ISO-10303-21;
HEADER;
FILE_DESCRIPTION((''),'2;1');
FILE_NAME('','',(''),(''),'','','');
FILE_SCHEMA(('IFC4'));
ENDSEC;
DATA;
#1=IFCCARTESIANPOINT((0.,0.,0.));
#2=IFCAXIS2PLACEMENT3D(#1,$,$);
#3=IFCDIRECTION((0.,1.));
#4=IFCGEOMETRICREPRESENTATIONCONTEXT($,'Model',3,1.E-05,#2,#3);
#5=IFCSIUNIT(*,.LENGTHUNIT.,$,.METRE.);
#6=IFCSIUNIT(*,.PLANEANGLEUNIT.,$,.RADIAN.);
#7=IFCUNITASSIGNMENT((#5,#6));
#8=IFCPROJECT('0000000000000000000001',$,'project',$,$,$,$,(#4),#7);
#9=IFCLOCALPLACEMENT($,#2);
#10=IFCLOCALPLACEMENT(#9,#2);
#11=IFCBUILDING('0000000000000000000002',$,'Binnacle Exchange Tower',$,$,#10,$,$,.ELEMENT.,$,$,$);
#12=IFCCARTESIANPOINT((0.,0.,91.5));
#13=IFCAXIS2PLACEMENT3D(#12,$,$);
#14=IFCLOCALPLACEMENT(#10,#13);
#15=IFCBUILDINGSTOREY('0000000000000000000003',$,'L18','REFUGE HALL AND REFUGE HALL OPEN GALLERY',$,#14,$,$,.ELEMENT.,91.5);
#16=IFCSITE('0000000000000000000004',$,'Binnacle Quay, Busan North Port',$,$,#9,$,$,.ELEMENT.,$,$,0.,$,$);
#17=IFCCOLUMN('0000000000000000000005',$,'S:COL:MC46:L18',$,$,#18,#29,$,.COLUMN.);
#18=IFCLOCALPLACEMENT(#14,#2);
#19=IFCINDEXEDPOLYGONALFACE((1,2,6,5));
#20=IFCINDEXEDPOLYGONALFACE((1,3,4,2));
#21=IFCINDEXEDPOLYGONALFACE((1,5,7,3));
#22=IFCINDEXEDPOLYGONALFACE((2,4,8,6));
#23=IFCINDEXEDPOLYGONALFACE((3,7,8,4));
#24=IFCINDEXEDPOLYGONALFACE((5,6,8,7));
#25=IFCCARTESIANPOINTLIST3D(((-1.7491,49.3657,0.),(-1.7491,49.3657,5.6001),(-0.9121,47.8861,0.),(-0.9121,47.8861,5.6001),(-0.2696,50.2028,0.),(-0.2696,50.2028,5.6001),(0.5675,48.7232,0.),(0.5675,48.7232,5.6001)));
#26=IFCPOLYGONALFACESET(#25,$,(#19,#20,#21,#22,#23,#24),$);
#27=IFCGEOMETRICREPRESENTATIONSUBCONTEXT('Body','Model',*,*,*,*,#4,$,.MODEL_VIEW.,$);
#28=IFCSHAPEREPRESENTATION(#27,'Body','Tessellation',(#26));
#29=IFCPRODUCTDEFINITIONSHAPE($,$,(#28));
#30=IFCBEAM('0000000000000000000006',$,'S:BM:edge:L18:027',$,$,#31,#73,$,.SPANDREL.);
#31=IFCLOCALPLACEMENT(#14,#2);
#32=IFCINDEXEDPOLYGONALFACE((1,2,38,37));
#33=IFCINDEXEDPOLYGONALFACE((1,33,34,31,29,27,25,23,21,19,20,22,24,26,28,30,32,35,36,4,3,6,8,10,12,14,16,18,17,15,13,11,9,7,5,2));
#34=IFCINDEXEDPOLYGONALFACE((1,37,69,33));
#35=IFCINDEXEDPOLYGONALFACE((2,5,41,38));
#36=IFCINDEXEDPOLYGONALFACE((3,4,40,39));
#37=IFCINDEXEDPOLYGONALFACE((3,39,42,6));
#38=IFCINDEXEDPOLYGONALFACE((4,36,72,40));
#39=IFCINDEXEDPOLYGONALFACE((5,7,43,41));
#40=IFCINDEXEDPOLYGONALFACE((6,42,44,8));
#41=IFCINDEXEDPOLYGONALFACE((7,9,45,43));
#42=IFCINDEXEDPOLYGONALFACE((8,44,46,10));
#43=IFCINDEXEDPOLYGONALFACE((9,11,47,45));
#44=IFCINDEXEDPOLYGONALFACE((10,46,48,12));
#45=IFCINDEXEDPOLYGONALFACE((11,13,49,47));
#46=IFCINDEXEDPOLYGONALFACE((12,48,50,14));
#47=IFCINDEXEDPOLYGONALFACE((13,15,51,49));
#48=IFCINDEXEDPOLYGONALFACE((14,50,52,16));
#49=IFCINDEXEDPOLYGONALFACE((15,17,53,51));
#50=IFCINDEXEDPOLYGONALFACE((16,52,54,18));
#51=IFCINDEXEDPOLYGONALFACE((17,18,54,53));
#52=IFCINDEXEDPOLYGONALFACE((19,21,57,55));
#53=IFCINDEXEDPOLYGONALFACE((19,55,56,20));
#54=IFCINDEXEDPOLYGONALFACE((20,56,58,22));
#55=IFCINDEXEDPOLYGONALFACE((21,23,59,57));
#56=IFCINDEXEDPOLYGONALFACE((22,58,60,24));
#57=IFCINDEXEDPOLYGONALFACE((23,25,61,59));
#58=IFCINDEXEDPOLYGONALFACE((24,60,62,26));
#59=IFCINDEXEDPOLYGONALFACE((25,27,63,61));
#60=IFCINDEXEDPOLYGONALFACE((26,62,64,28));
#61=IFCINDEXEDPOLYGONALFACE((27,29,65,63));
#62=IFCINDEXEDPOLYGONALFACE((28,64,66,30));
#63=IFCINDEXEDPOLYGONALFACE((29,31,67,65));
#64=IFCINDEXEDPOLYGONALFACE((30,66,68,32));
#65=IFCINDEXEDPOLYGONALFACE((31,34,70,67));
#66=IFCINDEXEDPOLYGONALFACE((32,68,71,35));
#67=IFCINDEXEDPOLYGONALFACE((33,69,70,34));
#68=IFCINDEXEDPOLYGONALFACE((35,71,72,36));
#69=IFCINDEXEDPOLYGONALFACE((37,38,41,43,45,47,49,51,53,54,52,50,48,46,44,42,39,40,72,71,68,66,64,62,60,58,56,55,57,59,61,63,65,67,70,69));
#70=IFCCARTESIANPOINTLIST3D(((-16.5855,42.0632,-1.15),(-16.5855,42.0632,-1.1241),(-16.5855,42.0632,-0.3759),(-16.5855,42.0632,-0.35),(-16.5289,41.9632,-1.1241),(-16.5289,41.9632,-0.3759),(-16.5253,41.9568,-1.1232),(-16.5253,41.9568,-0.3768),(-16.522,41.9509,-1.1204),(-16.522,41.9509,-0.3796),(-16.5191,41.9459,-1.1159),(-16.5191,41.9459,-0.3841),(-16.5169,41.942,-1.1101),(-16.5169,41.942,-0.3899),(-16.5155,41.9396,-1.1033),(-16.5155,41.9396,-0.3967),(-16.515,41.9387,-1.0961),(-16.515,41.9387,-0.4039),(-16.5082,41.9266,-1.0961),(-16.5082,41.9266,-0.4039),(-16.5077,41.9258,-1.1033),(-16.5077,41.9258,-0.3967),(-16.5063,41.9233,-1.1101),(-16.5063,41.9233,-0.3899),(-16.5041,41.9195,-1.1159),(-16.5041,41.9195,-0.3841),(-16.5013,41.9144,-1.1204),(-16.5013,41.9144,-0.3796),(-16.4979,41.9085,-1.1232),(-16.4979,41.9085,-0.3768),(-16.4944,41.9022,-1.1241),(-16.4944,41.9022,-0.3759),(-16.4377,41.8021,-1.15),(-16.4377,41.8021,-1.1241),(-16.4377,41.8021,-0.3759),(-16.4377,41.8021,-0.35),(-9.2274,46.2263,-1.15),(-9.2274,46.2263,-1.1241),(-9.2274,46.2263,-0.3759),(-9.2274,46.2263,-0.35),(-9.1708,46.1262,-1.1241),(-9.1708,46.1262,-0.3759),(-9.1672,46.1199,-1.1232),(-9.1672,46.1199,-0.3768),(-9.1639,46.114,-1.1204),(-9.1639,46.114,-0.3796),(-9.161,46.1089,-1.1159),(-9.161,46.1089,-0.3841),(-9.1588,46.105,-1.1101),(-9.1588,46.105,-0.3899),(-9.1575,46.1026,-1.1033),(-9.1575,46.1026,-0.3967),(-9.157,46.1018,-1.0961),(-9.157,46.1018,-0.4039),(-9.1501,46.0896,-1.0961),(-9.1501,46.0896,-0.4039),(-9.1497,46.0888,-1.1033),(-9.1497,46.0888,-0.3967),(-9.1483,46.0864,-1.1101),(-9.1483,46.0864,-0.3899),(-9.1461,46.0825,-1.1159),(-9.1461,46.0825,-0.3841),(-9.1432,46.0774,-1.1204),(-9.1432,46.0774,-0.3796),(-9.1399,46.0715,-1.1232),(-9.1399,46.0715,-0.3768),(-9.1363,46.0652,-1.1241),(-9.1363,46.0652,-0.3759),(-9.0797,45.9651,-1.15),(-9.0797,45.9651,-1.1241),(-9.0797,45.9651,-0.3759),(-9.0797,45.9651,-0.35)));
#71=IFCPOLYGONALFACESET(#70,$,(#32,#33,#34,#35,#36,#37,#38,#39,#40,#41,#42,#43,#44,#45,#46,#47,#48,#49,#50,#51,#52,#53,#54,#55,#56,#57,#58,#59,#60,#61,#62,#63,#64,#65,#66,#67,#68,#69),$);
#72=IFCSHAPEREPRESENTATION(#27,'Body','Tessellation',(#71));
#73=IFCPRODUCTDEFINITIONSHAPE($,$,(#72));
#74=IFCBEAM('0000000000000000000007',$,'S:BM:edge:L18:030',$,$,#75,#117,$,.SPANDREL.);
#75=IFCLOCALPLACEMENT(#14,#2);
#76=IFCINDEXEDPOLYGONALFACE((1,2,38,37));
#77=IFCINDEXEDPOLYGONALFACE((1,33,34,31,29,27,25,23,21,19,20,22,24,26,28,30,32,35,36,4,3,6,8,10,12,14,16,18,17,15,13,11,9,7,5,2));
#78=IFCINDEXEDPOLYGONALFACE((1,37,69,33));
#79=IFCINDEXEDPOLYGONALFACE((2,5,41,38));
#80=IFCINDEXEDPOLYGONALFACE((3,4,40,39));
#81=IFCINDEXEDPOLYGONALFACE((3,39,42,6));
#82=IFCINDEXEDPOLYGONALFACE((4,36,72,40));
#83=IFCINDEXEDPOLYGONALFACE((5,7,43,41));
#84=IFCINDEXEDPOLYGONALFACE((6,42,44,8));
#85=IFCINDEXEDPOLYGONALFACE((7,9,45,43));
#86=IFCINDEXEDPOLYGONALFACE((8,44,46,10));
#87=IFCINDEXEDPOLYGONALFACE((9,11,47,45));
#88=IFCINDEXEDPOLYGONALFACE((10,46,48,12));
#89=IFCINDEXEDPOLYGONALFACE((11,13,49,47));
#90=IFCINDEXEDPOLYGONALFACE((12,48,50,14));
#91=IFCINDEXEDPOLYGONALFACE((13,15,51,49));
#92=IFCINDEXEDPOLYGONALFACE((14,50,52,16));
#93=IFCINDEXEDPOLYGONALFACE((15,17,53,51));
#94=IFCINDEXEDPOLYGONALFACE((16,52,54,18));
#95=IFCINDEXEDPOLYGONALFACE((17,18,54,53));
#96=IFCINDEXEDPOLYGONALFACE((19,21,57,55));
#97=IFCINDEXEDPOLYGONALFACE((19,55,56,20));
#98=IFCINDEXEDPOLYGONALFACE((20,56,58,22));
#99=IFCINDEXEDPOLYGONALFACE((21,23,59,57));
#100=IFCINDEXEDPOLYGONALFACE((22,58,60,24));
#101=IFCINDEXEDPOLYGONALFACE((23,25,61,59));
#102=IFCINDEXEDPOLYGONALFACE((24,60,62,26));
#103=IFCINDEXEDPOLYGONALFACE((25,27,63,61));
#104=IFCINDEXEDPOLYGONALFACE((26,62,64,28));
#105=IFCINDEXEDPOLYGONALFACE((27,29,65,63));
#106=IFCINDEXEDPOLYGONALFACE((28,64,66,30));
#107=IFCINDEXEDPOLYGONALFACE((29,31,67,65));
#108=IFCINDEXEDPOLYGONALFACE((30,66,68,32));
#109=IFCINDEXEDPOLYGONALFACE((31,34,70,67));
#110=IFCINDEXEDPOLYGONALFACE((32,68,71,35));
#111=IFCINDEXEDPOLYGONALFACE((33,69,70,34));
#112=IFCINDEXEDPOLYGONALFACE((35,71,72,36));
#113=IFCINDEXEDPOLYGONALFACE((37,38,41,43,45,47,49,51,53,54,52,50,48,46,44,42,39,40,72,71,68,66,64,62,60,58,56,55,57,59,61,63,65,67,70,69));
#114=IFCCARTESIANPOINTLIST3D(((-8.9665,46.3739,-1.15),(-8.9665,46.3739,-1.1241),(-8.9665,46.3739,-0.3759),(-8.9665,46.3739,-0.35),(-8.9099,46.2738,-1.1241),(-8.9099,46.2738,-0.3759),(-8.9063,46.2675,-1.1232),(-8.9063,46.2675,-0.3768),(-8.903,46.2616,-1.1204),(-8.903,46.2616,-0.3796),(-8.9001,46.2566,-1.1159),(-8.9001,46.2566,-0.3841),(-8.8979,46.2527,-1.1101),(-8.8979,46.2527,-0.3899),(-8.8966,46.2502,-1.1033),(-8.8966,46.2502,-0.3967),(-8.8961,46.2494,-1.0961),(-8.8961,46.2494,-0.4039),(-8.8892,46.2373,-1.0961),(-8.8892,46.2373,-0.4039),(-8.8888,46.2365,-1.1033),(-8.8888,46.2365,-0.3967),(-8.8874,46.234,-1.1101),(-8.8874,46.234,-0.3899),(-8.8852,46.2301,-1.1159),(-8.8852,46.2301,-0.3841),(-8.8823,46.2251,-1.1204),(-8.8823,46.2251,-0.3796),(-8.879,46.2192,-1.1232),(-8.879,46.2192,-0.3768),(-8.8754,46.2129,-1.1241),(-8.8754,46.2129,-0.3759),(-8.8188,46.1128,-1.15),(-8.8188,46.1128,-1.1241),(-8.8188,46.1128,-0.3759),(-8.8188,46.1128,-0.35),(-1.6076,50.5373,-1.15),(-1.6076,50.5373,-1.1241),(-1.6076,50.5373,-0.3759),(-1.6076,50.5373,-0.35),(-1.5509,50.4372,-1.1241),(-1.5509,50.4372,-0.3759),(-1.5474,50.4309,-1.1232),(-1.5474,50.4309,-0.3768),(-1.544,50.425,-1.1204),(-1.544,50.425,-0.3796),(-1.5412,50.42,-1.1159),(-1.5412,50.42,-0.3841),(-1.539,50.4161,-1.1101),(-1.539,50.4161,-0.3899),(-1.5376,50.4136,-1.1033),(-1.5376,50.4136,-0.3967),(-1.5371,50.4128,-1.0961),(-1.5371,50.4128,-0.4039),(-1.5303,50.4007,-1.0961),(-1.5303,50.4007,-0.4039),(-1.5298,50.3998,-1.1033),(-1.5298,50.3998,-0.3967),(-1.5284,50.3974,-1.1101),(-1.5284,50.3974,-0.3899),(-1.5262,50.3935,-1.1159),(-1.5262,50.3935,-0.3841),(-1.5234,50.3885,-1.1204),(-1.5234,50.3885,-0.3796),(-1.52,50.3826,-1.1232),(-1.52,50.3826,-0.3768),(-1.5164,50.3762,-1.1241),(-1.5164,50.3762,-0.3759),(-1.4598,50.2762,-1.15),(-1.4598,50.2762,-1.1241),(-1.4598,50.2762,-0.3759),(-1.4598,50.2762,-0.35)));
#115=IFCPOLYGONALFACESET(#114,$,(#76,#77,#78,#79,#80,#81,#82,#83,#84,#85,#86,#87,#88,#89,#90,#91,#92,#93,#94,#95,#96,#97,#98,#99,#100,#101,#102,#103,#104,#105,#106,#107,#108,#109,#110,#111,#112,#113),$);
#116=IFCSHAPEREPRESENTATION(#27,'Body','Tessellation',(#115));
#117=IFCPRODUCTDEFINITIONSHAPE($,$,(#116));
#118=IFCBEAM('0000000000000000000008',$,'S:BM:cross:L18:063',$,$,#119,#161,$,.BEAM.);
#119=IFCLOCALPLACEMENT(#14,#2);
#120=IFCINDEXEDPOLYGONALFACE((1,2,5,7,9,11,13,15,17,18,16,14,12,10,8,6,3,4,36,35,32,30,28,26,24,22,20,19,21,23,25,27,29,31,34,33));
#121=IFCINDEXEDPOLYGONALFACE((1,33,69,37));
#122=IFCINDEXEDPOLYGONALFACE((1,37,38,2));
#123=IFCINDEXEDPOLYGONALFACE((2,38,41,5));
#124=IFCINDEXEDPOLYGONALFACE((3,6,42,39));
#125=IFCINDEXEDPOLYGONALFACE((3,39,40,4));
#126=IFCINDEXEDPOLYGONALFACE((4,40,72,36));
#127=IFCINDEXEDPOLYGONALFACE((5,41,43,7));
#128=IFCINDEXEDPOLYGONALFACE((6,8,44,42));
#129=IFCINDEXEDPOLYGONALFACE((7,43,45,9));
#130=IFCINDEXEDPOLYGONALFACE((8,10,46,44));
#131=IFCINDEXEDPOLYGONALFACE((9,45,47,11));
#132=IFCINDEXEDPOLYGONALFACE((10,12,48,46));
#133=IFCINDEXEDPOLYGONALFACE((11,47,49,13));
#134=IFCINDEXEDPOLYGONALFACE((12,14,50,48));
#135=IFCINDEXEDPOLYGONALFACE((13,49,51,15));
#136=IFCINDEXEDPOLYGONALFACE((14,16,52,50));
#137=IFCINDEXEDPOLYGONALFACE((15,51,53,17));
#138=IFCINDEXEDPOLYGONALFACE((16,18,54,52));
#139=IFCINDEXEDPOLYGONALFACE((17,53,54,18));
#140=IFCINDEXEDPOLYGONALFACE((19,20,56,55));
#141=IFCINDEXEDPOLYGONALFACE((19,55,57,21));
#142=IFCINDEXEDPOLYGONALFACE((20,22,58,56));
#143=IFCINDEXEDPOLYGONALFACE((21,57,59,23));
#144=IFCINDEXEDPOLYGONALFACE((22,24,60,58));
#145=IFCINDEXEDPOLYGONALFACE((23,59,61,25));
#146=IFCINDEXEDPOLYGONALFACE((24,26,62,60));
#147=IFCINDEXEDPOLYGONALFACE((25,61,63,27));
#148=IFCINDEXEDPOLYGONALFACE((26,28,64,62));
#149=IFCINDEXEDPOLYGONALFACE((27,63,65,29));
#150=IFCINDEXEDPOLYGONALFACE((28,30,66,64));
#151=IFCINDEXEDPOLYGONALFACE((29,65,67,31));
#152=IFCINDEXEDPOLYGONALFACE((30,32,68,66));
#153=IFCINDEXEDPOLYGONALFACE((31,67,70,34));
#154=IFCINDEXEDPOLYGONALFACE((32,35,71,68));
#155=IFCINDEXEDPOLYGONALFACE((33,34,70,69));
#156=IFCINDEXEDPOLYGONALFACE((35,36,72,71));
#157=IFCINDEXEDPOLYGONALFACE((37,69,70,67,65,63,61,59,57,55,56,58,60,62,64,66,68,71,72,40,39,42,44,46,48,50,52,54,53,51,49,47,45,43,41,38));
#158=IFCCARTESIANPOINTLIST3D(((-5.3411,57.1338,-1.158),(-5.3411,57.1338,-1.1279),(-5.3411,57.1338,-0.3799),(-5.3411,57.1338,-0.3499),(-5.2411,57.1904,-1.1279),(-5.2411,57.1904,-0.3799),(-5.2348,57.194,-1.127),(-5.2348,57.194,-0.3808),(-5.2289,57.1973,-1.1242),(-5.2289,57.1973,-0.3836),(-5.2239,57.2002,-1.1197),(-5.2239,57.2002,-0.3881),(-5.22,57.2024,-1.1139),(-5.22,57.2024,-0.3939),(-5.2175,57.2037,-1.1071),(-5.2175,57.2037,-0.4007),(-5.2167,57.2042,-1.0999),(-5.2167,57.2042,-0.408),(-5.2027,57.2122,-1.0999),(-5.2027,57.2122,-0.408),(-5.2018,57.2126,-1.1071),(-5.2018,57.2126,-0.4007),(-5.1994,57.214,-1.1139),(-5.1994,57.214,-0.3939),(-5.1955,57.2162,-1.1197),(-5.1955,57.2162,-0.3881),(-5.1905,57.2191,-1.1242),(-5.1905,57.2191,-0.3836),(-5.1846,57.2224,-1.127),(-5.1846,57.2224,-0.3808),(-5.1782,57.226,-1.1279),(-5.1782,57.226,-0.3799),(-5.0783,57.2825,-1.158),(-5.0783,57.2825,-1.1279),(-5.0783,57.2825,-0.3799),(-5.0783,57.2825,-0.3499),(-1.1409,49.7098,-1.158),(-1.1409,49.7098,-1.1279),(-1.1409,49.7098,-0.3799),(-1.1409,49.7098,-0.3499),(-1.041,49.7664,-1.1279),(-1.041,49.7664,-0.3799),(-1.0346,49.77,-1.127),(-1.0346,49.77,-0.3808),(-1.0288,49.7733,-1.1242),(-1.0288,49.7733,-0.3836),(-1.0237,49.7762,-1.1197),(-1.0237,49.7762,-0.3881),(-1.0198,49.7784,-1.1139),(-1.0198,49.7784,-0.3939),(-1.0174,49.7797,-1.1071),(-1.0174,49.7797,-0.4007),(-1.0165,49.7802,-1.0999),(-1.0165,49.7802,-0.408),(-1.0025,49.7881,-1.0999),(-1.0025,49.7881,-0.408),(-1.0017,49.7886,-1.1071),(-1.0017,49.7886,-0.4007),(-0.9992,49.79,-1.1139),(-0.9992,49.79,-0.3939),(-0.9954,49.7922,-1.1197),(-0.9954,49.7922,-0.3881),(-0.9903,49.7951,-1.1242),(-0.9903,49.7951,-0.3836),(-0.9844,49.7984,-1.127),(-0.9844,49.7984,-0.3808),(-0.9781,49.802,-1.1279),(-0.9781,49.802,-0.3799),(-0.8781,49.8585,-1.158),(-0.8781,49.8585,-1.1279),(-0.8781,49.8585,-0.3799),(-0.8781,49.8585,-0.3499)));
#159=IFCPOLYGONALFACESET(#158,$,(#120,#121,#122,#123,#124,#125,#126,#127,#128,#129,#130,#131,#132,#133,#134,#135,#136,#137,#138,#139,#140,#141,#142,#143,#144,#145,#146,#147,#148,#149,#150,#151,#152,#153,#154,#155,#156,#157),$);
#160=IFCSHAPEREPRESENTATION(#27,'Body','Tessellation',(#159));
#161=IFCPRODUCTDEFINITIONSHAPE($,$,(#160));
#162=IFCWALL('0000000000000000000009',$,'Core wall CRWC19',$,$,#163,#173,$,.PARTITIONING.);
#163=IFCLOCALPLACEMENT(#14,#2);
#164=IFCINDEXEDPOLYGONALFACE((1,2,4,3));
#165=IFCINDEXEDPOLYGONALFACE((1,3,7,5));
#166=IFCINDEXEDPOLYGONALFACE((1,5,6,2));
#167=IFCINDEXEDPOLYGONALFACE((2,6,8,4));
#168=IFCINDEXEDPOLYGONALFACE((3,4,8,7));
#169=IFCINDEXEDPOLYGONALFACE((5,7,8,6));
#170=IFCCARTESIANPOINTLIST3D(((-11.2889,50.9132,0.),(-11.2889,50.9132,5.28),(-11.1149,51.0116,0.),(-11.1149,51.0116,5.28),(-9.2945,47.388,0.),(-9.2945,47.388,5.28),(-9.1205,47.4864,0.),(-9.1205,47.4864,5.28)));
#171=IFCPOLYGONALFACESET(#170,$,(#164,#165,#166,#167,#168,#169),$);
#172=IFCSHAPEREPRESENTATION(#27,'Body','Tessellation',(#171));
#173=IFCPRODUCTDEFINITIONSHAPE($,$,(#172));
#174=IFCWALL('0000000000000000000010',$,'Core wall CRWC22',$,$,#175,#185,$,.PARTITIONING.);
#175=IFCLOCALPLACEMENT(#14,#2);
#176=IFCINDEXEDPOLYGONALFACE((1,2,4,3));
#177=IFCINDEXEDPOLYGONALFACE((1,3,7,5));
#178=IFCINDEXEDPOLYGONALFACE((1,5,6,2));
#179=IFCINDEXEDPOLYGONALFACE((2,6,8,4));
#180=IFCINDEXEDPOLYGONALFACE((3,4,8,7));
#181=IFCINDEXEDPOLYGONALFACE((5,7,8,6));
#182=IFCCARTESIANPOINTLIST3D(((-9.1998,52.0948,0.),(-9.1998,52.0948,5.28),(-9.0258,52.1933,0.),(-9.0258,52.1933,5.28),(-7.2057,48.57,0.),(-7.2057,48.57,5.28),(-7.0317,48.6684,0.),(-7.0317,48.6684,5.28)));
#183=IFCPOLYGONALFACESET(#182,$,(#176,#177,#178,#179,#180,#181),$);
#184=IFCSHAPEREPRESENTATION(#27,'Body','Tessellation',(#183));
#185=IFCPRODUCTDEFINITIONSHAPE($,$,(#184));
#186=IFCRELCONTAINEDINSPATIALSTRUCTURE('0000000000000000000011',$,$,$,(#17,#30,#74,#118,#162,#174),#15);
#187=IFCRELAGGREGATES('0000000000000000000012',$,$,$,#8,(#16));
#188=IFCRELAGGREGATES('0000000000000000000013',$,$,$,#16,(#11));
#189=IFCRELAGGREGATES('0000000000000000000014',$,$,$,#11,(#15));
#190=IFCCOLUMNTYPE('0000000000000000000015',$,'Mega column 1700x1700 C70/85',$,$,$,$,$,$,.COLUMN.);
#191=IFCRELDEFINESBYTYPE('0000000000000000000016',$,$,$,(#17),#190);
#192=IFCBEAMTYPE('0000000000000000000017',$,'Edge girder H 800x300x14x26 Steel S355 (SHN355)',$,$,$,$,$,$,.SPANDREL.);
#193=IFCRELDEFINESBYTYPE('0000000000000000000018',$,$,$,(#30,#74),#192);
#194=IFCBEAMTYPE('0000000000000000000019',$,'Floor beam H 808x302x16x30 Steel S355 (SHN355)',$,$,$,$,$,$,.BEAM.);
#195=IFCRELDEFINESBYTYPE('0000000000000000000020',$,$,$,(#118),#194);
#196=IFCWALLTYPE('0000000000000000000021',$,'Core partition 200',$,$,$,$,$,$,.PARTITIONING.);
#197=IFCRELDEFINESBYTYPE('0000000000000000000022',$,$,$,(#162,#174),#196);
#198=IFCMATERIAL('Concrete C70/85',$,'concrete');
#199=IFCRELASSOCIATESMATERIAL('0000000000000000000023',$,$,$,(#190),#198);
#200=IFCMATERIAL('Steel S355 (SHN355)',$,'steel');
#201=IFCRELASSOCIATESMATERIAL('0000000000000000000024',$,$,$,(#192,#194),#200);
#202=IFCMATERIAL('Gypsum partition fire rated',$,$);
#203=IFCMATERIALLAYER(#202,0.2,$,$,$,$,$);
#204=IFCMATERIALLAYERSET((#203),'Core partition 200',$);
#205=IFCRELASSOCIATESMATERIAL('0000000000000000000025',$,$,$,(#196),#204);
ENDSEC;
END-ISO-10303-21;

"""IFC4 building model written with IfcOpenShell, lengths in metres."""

from ifc_helpers import new_model, si_unit, direction, frame, frame_2d, origin, origin_2d, place, context, subcontext, project, spatial, rectangle, i_section, extrude, material, layer, layer_set, material_profile, profile_set, type_object, element, save


model = new_model("IFC4")

# Units and contexts
model_context = context("Model", 3, precision=1e-05, world=origin(), true_north=direction((0.0, 1.0)))
body_context = subcontext(model_context, "Body", "Model", "MODEL_VIEW")
ifc_project = project(units=[si_unit("LENGTHUNIT", "METRE"), si_unit("PLANEANGLEUNIT", "RADIAN")], contexts=[model_context])

# Site, building, storey
site_placement = place(None, origin())
site = spatial("IfcSite", under=ifc_project, at=site_placement, Name="Binnacle Quay, Busan North Port", CompositionType="ELEMENT", RefElevation=0.0)
building_placement = place(site_placement, origin())
building = spatial("IfcBuilding", under=site, at=building_placement, Name="Binnacle Exchange Tower", CompositionType="ELEMENT")
storey_placement = place(building_placement, frame((0.0, 0.0, 91.5)))
storey = spatial("IfcBuildingStorey", under=building, at=storey_placement, Name="L18", Description="REFUGE HALL AND REFUGE HALL OPEN GALLERY", CompositionType="ELEMENT", Elevation=91.5)

# Column
ifc_material_1 = material(Name="Concrete C70/85", Category="concrete")
ifc_material_profile_1 = material_profile(ifc_material_1, rectangle(XDim=1.7, YDim=1.7, at=origin_2d()), Name="Mega column 1700x1700 C70/85")
ifc_profile_set_1 = profile_set([ifc_material_profile_1], Name="Concrete C70/85")
column_type = type_object("IfcColumnType", Name="Mega column 1700x1700 C70/85", PredefinedType="COLUMN", material=ifc_profile_set_1)
column_placement = place(storey_placement, frame((-0.5908, 49.0444, 0.0), z_axis=(0.0, 0.0, 1.0), x_axis=(0.870356, 0.492424, 0.0)))
element("IfcColumn", 1, at=column_placement, inside=storey, type_object=column_type, Name="S:COL:MC46:L18", PredefinedType="COLUMN", context=body_context, shape_type="SweptSolid", body=[
    extrude(rectangle(XDim=1.7, YDim=1.7, at=origin_2d()), origin(), (0.0, 0.0, 1.0), 5.6001),
])

# Beams
ifc_material_2 = material(Name="Steel S355 (SHN355)", Category="steel")
ifc_material_profile_2 = material_profile(ifc_material_2, i_section(OverallWidth=0.3, OverallDepth=0.8, WebThickness=0.0139, FlangeThickness=0.0259, FilletRadius=0.0281, at=origin_2d()), Name="H 800x300x14x26")
ifc_profile_set_2 = profile_set([ifc_material_profile_2], Name="Steel S355 (SHN355)")
beam_type_1 = type_object("IfcBeamType", Name="Edge girder H 800x300x14x26 Steel S355 (SHN355)", PredefinedType="SPANDREL", material=ifc_profile_set_2)
beam_1_placement = place(storey_placement, frame((-9.1536, 46.0957, -0.75), z_axis=(-0.870354, -0.492427, 0.0), x_axis=(0.492427, -0.870354, 0.0)))
element("IfcBeam", 2, at=beam_1_placement, inside=storey, type_object=beam_type_1, Name="S:BM:edge:L18:027", PredefinedType="SPANDREL", context=body_context, shape_type="SweptSolid", body=[
    extrude(i_section(OverallWidth=0.3, OverallDepth=0.8, WebThickness=0.0139, FlangeThickness=0.0259, FilletRadius=0.0281, at=origin_2d()), origin(), (0.0, 0.0, 1.0), 8.4541),
])
beam_2_placement = place(storey_placement, frame((-1.5337, 50.4067, -0.75), z_axis=(-0.870362, -0.492412, 0.0), x_axis=(0.492412, -0.870362, 0.0)))
element("IfcBeam", 3, at=beam_2_placement, inside=storey, type_object=beam_type_1, Name="S:BM:edge:L18:030", PredefinedType="SPANDREL", context=body_context, shape_type="SweptSolid", body=[
    extrude(i_section(OverallWidth=0.3, OverallDepth=0.8, WebThickness=0.0139, FlangeThickness=0.0259, FilletRadius=0.0281, at=origin_2d()), origin(), (0.0, 0.0, 1.0), 8.4551),
])
ifc_material_profile_3 = material_profile(ifc_material_2, i_section(OverallWidth=0.302, OverallDepth=0.8081, WebThickness=0.0161, FlangeThickness=0.03, FilletRadius=0.0281, at=origin_2d()), Name="H 808x302x16x30")
ifc_profile_set_3 = profile_set([ifc_material_profile_3], Name="Steel S355 (SHN355)")
beam_type_2 = type_object("IfcBeamType", Name="Floor beam H 808x302x16x30 Steel S355 (SHN355)", PredefinedType="BEAM", material=ifc_profile_set_3)
beam_3_placement = place(storey_placement, frame((-1.0095, 49.7842, -0.7539), z_axis=(-0.492411, 0.870363, 0.0), x_axis=(-0.870363, -0.492411, 0.0)))
element("IfcBeam", 4, at=beam_3_placement, inside=storey, type_object=beam_type_2, Name="S:BM:cross:L18:063", PredefinedType="BEAM", context=body_context, shape_type="SweptSolid", body=[
    extrude(i_section(OverallWidth=0.302, OverallDepth=0.8081, WebThickness=0.0161, FlangeThickness=0.03, FilletRadius=0.0281, at=origin_2d()), origin(), (0.0, 0.0, 1.0), 8.5298),
])

# Walls
ifc_material_3 = material(Name="Gypsum partition fire rated")
ifc_layer_1 = layer(ifc_material_3, 0.2)
ifc_layer_set_1 = layer_set([ifc_layer_1], Name="Core partition 200")
wall_type_1 = type_object("IfcWallType", Name="Core partition 200", PredefinedType="PARTITIONING", material=ifc_layer_set_1)
wall_1_placement = place(storey_placement, frame((-11.2019, 50.9624, 0.0), z_axis=(0.0, 0.0, 1.0), x_axis=(0.492415, -0.870361, 0.0)))
element("IfcWall", 5, at=wall_1_placement, inside=storey, type_object=wall_type_1, Name="Core wall CRWC19", PredefinedType="PARTITIONING", context=body_context, shape_type="SweptSolid", body=[
    extrude(rectangle(XDim=4.0503, YDim=0.2, at=frame_2d((2.0251, 0.0))), origin(), (0.0, 0.0, 1.0), 5.28),
])
wall_2_placement = place(storey_placement, frame((-9.1128, 52.144, 0.0), z_axis=(0.0, 0.0, 1.0), x_axis=(0.492395, -0.870372, 0.0)))
element("IfcWall", 6, at=wall_2_placement, inside=storey, type_object=wall_type_1, Name="Core wall CRWC22", PredefinedType="PARTITIONING", context=body_context, shape_type="SweptSolid", body=[
    extrude(rectangle(XDim=4.0498, YDim=0.2, at=frame_2d((2.0249, 0.0))), origin(), (0.0, 0.0, 1.0), 5.28),
])

save(model, "model.ifc")
